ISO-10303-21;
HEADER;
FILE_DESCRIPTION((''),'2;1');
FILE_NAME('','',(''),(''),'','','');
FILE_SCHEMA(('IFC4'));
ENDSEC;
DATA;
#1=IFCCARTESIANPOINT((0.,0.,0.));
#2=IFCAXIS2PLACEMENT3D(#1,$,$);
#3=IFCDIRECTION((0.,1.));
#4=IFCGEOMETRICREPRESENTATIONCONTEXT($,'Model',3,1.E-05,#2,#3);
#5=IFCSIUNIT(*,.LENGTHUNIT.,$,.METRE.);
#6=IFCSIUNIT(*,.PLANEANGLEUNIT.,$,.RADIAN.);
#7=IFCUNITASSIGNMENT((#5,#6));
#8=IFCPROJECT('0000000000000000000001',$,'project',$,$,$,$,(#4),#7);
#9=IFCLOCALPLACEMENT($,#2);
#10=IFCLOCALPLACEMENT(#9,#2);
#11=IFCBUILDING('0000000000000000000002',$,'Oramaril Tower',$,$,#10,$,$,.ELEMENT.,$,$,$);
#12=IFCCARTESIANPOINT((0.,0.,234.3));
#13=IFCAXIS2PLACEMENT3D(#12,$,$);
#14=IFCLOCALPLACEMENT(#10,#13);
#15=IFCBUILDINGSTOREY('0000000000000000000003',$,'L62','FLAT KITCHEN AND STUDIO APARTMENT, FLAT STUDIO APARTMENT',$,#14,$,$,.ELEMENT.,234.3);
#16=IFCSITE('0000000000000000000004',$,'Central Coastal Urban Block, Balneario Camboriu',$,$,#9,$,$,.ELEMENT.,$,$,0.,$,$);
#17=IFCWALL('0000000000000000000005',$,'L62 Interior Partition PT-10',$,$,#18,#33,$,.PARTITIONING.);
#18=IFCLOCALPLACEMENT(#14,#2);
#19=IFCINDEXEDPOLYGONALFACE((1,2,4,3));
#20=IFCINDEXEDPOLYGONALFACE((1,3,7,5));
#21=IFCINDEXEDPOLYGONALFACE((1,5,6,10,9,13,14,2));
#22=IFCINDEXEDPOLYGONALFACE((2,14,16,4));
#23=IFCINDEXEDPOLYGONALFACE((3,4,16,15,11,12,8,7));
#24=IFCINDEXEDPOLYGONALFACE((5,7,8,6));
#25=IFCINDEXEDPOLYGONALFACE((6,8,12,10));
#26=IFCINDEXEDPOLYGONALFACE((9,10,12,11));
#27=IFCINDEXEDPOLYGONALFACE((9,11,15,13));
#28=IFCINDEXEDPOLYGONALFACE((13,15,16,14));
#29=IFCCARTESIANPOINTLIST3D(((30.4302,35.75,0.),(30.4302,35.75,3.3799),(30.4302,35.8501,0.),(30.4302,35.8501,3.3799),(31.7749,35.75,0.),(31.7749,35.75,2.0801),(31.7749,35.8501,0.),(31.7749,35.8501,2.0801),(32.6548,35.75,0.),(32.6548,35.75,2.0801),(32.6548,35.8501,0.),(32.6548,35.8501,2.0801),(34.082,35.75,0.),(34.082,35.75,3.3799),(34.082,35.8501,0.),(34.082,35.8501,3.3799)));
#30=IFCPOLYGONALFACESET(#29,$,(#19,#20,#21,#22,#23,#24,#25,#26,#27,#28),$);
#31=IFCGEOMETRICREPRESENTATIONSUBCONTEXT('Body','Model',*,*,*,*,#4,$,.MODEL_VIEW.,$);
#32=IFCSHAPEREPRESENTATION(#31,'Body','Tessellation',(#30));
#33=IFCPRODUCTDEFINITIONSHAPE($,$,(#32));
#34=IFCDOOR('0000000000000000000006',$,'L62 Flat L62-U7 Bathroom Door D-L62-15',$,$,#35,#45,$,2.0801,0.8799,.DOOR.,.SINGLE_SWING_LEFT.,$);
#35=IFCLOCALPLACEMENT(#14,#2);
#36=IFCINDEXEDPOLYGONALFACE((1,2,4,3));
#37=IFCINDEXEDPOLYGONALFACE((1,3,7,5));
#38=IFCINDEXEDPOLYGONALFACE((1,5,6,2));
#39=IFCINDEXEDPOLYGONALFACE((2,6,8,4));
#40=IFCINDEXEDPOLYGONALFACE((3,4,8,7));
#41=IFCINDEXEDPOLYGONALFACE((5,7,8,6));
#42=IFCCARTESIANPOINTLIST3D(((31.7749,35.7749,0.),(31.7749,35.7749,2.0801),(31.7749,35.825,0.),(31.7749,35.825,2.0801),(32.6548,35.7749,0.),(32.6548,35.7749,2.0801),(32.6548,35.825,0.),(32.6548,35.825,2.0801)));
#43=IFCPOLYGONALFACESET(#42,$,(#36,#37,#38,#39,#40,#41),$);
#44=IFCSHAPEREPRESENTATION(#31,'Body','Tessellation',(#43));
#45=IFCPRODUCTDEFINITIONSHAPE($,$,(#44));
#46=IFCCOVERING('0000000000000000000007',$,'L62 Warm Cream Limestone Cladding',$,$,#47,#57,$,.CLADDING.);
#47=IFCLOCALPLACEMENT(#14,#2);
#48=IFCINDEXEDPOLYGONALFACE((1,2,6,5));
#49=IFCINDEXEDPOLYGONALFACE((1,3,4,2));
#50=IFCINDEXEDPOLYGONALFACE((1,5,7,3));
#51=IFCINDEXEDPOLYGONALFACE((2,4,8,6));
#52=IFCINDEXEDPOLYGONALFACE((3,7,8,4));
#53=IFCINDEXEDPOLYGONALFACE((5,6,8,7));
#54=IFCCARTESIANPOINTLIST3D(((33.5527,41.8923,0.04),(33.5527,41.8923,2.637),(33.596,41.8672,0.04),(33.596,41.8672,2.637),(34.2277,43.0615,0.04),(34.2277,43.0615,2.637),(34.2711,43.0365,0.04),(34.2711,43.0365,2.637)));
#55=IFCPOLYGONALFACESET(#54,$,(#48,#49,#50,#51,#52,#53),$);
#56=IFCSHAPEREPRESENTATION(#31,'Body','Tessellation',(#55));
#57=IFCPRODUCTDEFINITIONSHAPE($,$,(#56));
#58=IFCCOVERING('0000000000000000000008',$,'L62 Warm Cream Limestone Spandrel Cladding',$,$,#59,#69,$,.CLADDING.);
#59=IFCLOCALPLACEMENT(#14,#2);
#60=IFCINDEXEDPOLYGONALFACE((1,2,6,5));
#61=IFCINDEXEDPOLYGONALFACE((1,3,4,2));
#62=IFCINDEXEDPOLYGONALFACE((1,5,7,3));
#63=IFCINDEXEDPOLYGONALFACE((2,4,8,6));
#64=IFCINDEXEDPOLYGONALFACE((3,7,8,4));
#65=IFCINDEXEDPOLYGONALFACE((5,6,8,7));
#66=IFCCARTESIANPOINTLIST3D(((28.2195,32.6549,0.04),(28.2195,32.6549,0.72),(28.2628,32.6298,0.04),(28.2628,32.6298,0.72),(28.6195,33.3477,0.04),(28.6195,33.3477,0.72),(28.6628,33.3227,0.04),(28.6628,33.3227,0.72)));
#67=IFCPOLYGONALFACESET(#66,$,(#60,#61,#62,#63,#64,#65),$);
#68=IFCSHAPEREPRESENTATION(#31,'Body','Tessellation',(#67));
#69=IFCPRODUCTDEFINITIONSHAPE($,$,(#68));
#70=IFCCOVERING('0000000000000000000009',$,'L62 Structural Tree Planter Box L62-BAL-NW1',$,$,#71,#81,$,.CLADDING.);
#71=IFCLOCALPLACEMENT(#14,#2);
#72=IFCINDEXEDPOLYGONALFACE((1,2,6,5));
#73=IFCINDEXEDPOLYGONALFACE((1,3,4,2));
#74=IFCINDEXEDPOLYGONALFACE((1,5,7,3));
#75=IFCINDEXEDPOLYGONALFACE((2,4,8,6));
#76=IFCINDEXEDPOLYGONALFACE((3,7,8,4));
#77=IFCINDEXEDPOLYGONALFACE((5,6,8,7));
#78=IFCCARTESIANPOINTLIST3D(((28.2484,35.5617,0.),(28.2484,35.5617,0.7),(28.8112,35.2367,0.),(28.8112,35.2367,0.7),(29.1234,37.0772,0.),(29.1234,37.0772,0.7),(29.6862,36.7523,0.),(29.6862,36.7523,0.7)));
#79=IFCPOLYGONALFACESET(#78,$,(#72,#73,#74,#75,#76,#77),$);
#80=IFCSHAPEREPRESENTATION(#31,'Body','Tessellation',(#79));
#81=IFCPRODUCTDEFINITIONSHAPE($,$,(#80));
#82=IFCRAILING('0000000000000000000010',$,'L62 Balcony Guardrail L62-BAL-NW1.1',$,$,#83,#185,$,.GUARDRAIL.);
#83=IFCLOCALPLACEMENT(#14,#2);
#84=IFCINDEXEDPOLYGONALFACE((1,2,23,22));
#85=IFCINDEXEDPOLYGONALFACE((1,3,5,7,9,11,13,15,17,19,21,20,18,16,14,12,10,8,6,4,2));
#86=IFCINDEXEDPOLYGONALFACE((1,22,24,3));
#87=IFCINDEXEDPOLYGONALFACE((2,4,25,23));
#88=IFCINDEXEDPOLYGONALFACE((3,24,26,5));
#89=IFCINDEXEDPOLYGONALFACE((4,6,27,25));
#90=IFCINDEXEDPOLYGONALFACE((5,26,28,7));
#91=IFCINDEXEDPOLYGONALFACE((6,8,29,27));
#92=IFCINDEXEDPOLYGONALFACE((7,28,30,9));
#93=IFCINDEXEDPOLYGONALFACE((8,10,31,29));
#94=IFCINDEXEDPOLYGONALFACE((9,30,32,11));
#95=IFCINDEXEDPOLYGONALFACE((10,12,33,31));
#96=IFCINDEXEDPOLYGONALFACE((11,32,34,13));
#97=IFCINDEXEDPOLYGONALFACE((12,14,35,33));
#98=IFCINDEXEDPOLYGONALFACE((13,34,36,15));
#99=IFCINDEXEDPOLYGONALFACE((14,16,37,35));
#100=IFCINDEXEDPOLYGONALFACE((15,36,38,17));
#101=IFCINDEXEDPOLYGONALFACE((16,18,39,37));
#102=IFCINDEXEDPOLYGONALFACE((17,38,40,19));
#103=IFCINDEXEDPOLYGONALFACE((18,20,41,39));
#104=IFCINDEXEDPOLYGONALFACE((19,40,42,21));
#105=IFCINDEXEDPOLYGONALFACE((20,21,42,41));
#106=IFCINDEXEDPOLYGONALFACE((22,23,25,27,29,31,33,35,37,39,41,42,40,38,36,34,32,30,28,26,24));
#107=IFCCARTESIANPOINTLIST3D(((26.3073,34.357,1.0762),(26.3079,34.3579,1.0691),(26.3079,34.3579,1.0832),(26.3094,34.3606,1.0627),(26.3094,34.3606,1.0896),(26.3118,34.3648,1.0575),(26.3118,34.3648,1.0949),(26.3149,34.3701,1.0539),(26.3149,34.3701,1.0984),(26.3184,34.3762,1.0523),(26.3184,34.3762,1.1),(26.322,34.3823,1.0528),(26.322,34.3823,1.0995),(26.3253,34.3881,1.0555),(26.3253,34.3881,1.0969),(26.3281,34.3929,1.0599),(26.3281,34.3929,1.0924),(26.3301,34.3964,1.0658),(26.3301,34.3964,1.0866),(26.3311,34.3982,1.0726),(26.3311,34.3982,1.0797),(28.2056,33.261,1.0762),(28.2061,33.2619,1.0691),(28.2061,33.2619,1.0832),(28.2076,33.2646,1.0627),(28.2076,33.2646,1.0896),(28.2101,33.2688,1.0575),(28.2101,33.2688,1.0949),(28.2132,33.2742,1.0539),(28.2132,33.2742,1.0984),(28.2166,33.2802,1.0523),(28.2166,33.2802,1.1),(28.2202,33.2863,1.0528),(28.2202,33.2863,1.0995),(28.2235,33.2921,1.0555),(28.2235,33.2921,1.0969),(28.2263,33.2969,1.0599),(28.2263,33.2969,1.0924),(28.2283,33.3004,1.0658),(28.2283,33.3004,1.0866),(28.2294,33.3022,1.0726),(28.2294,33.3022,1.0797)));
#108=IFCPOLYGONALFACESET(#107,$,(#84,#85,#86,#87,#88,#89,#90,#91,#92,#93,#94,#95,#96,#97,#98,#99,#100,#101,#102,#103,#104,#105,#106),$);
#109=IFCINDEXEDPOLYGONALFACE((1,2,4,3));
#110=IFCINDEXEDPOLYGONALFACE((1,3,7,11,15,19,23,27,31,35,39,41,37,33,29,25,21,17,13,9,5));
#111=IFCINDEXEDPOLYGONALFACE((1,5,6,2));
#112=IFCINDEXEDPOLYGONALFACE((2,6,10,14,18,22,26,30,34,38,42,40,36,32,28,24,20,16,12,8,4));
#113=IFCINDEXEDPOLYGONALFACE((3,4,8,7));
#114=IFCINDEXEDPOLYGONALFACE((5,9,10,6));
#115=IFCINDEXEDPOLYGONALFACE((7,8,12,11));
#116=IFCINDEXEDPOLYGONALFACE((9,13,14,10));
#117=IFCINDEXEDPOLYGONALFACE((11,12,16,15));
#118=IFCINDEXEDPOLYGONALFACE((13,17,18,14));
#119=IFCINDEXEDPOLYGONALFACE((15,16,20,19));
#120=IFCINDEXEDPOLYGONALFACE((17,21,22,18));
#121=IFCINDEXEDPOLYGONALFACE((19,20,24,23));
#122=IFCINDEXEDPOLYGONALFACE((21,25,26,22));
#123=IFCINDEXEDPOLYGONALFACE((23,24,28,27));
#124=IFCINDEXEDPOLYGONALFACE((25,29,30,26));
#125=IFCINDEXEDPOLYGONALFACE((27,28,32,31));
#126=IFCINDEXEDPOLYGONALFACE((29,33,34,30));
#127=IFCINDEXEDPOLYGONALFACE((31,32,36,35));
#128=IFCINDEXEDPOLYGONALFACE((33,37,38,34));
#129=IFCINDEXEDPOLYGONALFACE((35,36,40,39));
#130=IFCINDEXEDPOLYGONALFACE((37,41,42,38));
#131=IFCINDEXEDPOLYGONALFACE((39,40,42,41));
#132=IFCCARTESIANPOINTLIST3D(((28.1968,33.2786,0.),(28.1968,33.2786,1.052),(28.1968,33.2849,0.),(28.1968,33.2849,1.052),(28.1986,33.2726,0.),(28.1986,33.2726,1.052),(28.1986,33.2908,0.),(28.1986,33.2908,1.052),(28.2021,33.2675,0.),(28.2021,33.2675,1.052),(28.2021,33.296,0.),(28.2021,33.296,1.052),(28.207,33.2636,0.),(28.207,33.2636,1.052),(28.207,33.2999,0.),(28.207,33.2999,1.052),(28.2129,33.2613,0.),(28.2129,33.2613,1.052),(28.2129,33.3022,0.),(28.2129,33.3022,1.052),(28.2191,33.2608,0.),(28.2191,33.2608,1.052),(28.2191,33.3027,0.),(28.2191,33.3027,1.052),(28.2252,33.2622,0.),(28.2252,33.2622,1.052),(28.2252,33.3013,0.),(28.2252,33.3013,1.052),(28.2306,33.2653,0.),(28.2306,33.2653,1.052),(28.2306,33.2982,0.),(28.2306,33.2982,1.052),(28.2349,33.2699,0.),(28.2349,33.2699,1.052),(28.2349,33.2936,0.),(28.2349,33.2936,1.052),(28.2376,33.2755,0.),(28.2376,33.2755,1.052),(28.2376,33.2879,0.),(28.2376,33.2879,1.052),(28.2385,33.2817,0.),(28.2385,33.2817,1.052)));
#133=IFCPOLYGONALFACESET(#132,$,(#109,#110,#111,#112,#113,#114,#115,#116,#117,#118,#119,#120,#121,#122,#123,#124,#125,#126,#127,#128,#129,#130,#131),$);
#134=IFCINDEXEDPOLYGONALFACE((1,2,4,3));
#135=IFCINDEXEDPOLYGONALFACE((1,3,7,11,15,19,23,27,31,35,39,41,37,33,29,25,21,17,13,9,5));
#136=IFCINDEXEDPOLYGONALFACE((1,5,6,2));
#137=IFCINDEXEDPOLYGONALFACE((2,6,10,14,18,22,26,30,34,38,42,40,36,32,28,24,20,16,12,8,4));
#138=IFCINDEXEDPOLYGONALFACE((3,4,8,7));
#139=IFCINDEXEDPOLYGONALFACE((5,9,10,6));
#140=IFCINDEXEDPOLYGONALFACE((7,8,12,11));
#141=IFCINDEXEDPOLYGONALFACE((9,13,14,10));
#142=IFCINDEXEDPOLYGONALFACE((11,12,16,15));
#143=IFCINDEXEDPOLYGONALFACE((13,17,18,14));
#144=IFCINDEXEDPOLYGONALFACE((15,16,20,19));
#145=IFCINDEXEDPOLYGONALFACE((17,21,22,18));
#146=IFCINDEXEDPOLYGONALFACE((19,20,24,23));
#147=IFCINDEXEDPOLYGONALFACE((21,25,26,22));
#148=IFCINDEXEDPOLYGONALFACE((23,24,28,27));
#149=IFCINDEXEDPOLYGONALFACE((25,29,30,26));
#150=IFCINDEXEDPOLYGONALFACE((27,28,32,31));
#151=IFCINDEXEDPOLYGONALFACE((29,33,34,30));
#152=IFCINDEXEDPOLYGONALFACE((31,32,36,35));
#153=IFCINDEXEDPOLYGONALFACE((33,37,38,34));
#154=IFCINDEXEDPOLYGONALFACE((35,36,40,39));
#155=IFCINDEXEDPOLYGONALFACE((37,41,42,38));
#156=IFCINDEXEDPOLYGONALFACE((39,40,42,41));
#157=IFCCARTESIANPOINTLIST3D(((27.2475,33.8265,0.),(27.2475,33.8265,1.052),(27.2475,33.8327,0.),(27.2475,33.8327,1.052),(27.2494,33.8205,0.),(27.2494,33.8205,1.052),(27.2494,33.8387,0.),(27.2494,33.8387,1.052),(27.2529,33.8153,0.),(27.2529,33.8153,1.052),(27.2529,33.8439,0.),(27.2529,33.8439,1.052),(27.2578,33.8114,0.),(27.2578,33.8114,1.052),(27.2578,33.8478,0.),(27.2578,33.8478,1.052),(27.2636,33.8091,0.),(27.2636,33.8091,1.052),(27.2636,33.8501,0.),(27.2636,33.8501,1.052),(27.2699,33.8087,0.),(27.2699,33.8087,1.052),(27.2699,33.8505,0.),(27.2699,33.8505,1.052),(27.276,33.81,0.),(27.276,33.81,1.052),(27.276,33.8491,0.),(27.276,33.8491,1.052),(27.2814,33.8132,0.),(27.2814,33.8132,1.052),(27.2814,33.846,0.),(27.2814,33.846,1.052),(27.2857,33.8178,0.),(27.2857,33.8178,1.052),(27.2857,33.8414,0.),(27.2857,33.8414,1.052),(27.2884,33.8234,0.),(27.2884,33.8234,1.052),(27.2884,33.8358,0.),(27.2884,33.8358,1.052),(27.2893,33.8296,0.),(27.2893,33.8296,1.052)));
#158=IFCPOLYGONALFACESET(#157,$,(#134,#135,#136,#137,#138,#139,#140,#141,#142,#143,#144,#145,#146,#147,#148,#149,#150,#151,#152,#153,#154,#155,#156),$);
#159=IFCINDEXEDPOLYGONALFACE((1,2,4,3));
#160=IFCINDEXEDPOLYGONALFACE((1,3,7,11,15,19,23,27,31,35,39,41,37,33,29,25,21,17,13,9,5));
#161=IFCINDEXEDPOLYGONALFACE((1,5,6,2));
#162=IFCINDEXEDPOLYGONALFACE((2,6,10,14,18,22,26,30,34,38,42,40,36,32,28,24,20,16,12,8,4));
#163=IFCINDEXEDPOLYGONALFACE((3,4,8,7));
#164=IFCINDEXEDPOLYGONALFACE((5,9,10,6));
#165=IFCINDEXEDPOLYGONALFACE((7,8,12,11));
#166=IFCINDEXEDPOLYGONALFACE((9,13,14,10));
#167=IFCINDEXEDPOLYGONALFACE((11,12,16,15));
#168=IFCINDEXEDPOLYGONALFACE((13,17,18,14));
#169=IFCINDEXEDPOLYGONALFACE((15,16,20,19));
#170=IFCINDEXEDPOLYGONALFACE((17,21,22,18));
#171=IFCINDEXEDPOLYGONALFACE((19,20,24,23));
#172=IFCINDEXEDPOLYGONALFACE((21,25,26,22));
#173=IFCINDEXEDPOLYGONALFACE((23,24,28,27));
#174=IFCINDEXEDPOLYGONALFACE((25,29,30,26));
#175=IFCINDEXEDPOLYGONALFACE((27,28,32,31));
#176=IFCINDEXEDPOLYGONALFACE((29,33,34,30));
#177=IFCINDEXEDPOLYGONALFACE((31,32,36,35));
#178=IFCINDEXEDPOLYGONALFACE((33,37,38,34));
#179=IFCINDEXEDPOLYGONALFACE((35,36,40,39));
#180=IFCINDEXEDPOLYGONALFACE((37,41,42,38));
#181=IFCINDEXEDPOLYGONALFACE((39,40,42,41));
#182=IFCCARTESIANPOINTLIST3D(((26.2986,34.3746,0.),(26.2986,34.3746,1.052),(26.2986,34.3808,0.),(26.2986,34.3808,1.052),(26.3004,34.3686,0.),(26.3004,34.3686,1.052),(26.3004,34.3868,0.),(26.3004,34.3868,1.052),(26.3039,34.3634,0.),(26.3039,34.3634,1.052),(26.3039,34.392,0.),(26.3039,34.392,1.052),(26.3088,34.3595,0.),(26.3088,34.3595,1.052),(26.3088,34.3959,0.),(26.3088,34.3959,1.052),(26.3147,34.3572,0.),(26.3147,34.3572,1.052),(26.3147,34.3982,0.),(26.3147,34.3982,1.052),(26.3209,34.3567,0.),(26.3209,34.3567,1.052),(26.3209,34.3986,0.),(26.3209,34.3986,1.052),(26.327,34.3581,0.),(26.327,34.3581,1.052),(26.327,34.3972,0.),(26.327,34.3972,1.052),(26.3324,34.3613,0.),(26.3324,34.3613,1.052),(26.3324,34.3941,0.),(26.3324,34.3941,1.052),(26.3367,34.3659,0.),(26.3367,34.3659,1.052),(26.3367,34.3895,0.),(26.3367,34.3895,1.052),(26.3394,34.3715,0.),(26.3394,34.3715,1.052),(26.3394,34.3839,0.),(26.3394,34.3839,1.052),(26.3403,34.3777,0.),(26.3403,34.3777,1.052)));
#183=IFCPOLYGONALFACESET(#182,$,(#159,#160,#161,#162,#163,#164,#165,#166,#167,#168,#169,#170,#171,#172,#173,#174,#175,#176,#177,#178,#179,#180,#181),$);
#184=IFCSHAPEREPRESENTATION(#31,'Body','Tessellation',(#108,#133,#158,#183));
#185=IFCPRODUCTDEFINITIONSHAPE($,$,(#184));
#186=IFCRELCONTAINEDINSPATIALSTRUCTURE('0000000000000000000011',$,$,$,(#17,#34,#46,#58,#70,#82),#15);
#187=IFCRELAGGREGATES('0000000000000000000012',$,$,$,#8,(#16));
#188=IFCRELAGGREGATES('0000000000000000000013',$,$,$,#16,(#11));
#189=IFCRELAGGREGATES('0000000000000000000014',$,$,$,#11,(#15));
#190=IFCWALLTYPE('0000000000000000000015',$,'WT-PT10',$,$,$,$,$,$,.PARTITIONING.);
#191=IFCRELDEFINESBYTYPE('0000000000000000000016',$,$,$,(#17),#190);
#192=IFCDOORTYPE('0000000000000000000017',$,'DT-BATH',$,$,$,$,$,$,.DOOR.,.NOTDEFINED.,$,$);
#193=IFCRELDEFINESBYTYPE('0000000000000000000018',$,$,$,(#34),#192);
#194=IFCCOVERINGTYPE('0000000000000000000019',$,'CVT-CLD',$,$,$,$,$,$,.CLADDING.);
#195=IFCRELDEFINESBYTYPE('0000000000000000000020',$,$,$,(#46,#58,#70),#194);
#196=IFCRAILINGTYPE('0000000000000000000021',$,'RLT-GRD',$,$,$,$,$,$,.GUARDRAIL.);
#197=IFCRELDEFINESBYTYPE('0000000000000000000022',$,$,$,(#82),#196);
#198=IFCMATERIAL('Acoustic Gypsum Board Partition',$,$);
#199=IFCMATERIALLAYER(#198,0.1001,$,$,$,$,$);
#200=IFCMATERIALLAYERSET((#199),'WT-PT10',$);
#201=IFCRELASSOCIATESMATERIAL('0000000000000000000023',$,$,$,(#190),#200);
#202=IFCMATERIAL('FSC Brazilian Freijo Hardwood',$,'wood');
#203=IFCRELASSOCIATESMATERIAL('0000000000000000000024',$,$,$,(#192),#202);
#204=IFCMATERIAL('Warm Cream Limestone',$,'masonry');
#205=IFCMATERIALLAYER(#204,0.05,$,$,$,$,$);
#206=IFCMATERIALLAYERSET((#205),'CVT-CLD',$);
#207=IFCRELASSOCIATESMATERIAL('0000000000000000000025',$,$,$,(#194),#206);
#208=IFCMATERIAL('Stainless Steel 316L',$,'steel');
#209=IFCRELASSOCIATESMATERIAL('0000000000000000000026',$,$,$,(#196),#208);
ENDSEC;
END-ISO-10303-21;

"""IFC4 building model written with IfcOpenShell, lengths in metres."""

from ifc_helpers import new_model, si_unit, direction, frame, frame_2d, origin, origin_2d, place, context, subcontext, project, spatial, rectangle, circle, extrude, material, layer, layer_set, type_object, element, fill, save


model = new_model("IFC4")

# Units and contexts
model_context = context("Model", 3, precision=1e-05, world=origin(), true_north=direction((0.0, 1.0)))
body_context = subcontext(model_context, "Body", "Model", "MODEL_VIEW")
ifc_project = project(units=[si_unit("LENGTHUNIT", "METRE"), si_unit("PLANEANGLEUNIT", "RADIAN")], contexts=[model_context])

# Site, building, storey
site_placement = place(None, origin())
site = spatial("IfcSite", under=ifc_project, at=site_placement, Name="Central Coastal Urban Block, Balneario Camboriu", CompositionType="ELEMENT", RefElevation=0.0)
building_placement = place(site_placement, origin())
building = spatial("IfcBuilding", under=site, at=building_placement, Name="Oramaril Tower", CompositionType="ELEMENT")
storey_placement = place(building_placement, frame((0.0, 0.0, 234.3)))
storey = spatial("IfcBuildingStorey", under=building, at=storey_placement, Name="L62", Description="FLAT KITCHEN AND STUDIO APARTMENT, FLAT STUDIO APARTMENT", CompositionType="ELEMENT", Elevation=234.3)

# Wall, opening, door
ifc_material_1 = material(Name="Acoustic Gypsum Board Partition")
ifc_layer_1 = layer(ifc_material_1, 0.1001)
ifc_layer_set_1 = layer_set([ifc_layer_1], Name="WT-PT10")
wall_type_1 = type_object("IfcWallType", Name="WT-PT10", PredefinedType="PARTITIONING", material=ifc_layer_set_1)
wall_1_placement = place(storey_placement, frame((30.4302, 35.8, 0.0), z_axis=(0.0, 0.0, 1.0), x_axis=(1.0, 0.0, 0.0)))
wall_1 = element("IfcWall", 1, at=wall_1_placement, inside=storey, type_object=wall_type_1, Name="L62 Interior Partition PT-10", PredefinedType="PARTITIONING", context=body_context, shape_type="SweptSolid", body=[
    extrude(rectangle(XDim=3.6519, YDim=0.1001, at=frame_2d((1.8259, 0.0))), origin(), (0.0, 0.0, 1.0), 3.3799),
])
opening_placement = place(wall_1_placement, frame((1.3447, 0.0, 0.0)))
opening = element("IfcOpeningElement", 2, at=opening_placement, cuts=wall_1, PredefinedType="OPENING", context=body_context, shape_type="SweptSolid", body=[
    extrude(rectangle(XDim=0.8799, YDim=2.0801, at=frame_2d((0.4399, 1.04))), frame((0.0, 0.05, 0.0), z_axis=(0.0, -1.0, 0.0), x_axis=(1.0, 0.0, 0.0)), (0.0, 0.0, 1.0), 0.1001),
])
ifc_material_2 = material(Name="FSC Brazilian Freijo Hardwood", Category="wood")
door_type = type_object("IfcDoorType", Name="DT-BATH", OperationType="NOTDEFINED", PredefinedType="DOOR", material=ifc_material_2)
door_placement = place(opening_placement, origin())
door = element("IfcDoor", 3, at=door_placement, inside=storey, type_object=door_type, Name="L62 Flat L62-U7 Bathroom Door D-L62-15", OperationType="SINGLE_SWING_LEFT", OverallHeight=2.0801, OverallWidth=0.8799, PredefinedType="DOOR", context=body_context, shape_type="SweptSolid", body=[
    extrude(rectangle(XDim=0.8799, YDim=2.0801, at=frame_2d((0.4399, 1.04))), frame((0.0, 0.0249, 0.0), z_axis=(0.0, -1.0, 0.0), x_axis=(1.0, 0.0, 0.0)), (0.0, 0.0, 1.0), 0.05),
])
fill(opening, door)

# Coverings
ifc_material_3 = material(Name="Warm Cream Limestone", Category="masonry")
ifc_layer_2 = layer(ifc_material_3, 0.05)
ifc_layer_set_2 = layer_set([ifc_layer_2], Name="CVT-CLD")
covering_type = type_object("IfcCoveringType", Name="CVT-CLD", PredefinedType="CLADDING", material=ifc_layer_set_2)
covering_1_placement = place(storey_placement, frame((33.9119, 42.4644, 0.04), z_axis=(0.0, 0.0, 1.0), x_axis=(-0.499998, -0.866026, 0.0)))
element("IfcCovering", 4, at=covering_1_placement, inside=storey, type_object=covering_type, Name="L62 Warm Cream Limestone Cladding", PredefinedType="CLADDING", context=body_context, shape_type="SweptSolid", body=[
    extrude(rectangle(XDim=1.3501, YDim=0.05, at=origin_2d()), origin(), (0.0, 0.0, 1.0), 2.5969),
])
covering_2_placement = place(storey_placement, frame((28.4412, 32.9888, 0.04), z_axis=(0.0, 0.0, 1.0), x_axis=(-0.499998, -0.866026, 0.0)))
element("IfcCovering", 5, at=covering_2_placement, inside=storey, type_object=covering_type, Name="L62 Warm Cream Limestone Spandrel Cladding", PredefinedType="CLADDING", context=body_context, shape_type="SweptSolid", body=[
    extrude(rectangle(XDim=0.8, YDim=0.05, at=origin_2d()), origin(), (0.0, 0.0, 1.0), 0.6799),
])
covering_3_placement = place(storey_placement, frame((28.9673, 36.157, 0.0), z_axis=(0.0, 0.0, 1.0), x_axis=(-0.5, -0.866025, 0.0)))
element("IfcCovering", 6, at=covering_3_placement, inside=storey, type_object=covering_type, Name="L62 Structural Tree Planter Box L62-BAL-NW1", PredefinedType="CLADDING", context=body_context, shape_type="SweptSolid", body=[
    extrude(rectangle(XDim=1.75, YDim=0.6499, at=origin_2d()), origin(), (0.0, 0.0, 1.0), 0.7),
])

# Railing
ifc_material_4 = material(Name="Stainless Steel 316L", Category="steel")
railing_type = type_object("IfcRailingType", Name="RLT-GRD", PredefinedType="GUARDRAIL", material=ifc_material_4)
railing_1_placement = place(storey_placement, frame((28.2175, 33.2817, 0.0)))
element("IfcRailing", 7, at=railing_1_placement, inside=storey, type_object=railing_type, Name="L62 Balcony Guardrail L62-BAL-NW1.1", PredefinedType="GUARDRAIL", context=body_context, shape_type="SweptSolid", body=[
    extrude(circle(Radius=0.0239, at=origin_2d()), frame((0.0, 0.0, 1.0762), z_axis=(-0.866021, 0.500008, 0.0), x_axis=(-0.500008, -0.866021, 0.0)), (0.0, 0.0, 1.0), 2.1919),
    extrude(circle(Radius=0.021, at=origin_2d()), origin(), (0.0, 0.0, 1.0), 1.052),
    extrude(circle(Radius=0.021, at=origin_2d()), frame((-0.9492, 0.5479, 0.0)), (0.0, 0.0, 1.0), 1.052),
    extrude(circle(Radius=0.021, at=origin_2d()), frame((-1.8982, 1.0959, 0.0)), (0.0, 0.0, 1.0), 1.052),
])

save(model, "model.ifc")
